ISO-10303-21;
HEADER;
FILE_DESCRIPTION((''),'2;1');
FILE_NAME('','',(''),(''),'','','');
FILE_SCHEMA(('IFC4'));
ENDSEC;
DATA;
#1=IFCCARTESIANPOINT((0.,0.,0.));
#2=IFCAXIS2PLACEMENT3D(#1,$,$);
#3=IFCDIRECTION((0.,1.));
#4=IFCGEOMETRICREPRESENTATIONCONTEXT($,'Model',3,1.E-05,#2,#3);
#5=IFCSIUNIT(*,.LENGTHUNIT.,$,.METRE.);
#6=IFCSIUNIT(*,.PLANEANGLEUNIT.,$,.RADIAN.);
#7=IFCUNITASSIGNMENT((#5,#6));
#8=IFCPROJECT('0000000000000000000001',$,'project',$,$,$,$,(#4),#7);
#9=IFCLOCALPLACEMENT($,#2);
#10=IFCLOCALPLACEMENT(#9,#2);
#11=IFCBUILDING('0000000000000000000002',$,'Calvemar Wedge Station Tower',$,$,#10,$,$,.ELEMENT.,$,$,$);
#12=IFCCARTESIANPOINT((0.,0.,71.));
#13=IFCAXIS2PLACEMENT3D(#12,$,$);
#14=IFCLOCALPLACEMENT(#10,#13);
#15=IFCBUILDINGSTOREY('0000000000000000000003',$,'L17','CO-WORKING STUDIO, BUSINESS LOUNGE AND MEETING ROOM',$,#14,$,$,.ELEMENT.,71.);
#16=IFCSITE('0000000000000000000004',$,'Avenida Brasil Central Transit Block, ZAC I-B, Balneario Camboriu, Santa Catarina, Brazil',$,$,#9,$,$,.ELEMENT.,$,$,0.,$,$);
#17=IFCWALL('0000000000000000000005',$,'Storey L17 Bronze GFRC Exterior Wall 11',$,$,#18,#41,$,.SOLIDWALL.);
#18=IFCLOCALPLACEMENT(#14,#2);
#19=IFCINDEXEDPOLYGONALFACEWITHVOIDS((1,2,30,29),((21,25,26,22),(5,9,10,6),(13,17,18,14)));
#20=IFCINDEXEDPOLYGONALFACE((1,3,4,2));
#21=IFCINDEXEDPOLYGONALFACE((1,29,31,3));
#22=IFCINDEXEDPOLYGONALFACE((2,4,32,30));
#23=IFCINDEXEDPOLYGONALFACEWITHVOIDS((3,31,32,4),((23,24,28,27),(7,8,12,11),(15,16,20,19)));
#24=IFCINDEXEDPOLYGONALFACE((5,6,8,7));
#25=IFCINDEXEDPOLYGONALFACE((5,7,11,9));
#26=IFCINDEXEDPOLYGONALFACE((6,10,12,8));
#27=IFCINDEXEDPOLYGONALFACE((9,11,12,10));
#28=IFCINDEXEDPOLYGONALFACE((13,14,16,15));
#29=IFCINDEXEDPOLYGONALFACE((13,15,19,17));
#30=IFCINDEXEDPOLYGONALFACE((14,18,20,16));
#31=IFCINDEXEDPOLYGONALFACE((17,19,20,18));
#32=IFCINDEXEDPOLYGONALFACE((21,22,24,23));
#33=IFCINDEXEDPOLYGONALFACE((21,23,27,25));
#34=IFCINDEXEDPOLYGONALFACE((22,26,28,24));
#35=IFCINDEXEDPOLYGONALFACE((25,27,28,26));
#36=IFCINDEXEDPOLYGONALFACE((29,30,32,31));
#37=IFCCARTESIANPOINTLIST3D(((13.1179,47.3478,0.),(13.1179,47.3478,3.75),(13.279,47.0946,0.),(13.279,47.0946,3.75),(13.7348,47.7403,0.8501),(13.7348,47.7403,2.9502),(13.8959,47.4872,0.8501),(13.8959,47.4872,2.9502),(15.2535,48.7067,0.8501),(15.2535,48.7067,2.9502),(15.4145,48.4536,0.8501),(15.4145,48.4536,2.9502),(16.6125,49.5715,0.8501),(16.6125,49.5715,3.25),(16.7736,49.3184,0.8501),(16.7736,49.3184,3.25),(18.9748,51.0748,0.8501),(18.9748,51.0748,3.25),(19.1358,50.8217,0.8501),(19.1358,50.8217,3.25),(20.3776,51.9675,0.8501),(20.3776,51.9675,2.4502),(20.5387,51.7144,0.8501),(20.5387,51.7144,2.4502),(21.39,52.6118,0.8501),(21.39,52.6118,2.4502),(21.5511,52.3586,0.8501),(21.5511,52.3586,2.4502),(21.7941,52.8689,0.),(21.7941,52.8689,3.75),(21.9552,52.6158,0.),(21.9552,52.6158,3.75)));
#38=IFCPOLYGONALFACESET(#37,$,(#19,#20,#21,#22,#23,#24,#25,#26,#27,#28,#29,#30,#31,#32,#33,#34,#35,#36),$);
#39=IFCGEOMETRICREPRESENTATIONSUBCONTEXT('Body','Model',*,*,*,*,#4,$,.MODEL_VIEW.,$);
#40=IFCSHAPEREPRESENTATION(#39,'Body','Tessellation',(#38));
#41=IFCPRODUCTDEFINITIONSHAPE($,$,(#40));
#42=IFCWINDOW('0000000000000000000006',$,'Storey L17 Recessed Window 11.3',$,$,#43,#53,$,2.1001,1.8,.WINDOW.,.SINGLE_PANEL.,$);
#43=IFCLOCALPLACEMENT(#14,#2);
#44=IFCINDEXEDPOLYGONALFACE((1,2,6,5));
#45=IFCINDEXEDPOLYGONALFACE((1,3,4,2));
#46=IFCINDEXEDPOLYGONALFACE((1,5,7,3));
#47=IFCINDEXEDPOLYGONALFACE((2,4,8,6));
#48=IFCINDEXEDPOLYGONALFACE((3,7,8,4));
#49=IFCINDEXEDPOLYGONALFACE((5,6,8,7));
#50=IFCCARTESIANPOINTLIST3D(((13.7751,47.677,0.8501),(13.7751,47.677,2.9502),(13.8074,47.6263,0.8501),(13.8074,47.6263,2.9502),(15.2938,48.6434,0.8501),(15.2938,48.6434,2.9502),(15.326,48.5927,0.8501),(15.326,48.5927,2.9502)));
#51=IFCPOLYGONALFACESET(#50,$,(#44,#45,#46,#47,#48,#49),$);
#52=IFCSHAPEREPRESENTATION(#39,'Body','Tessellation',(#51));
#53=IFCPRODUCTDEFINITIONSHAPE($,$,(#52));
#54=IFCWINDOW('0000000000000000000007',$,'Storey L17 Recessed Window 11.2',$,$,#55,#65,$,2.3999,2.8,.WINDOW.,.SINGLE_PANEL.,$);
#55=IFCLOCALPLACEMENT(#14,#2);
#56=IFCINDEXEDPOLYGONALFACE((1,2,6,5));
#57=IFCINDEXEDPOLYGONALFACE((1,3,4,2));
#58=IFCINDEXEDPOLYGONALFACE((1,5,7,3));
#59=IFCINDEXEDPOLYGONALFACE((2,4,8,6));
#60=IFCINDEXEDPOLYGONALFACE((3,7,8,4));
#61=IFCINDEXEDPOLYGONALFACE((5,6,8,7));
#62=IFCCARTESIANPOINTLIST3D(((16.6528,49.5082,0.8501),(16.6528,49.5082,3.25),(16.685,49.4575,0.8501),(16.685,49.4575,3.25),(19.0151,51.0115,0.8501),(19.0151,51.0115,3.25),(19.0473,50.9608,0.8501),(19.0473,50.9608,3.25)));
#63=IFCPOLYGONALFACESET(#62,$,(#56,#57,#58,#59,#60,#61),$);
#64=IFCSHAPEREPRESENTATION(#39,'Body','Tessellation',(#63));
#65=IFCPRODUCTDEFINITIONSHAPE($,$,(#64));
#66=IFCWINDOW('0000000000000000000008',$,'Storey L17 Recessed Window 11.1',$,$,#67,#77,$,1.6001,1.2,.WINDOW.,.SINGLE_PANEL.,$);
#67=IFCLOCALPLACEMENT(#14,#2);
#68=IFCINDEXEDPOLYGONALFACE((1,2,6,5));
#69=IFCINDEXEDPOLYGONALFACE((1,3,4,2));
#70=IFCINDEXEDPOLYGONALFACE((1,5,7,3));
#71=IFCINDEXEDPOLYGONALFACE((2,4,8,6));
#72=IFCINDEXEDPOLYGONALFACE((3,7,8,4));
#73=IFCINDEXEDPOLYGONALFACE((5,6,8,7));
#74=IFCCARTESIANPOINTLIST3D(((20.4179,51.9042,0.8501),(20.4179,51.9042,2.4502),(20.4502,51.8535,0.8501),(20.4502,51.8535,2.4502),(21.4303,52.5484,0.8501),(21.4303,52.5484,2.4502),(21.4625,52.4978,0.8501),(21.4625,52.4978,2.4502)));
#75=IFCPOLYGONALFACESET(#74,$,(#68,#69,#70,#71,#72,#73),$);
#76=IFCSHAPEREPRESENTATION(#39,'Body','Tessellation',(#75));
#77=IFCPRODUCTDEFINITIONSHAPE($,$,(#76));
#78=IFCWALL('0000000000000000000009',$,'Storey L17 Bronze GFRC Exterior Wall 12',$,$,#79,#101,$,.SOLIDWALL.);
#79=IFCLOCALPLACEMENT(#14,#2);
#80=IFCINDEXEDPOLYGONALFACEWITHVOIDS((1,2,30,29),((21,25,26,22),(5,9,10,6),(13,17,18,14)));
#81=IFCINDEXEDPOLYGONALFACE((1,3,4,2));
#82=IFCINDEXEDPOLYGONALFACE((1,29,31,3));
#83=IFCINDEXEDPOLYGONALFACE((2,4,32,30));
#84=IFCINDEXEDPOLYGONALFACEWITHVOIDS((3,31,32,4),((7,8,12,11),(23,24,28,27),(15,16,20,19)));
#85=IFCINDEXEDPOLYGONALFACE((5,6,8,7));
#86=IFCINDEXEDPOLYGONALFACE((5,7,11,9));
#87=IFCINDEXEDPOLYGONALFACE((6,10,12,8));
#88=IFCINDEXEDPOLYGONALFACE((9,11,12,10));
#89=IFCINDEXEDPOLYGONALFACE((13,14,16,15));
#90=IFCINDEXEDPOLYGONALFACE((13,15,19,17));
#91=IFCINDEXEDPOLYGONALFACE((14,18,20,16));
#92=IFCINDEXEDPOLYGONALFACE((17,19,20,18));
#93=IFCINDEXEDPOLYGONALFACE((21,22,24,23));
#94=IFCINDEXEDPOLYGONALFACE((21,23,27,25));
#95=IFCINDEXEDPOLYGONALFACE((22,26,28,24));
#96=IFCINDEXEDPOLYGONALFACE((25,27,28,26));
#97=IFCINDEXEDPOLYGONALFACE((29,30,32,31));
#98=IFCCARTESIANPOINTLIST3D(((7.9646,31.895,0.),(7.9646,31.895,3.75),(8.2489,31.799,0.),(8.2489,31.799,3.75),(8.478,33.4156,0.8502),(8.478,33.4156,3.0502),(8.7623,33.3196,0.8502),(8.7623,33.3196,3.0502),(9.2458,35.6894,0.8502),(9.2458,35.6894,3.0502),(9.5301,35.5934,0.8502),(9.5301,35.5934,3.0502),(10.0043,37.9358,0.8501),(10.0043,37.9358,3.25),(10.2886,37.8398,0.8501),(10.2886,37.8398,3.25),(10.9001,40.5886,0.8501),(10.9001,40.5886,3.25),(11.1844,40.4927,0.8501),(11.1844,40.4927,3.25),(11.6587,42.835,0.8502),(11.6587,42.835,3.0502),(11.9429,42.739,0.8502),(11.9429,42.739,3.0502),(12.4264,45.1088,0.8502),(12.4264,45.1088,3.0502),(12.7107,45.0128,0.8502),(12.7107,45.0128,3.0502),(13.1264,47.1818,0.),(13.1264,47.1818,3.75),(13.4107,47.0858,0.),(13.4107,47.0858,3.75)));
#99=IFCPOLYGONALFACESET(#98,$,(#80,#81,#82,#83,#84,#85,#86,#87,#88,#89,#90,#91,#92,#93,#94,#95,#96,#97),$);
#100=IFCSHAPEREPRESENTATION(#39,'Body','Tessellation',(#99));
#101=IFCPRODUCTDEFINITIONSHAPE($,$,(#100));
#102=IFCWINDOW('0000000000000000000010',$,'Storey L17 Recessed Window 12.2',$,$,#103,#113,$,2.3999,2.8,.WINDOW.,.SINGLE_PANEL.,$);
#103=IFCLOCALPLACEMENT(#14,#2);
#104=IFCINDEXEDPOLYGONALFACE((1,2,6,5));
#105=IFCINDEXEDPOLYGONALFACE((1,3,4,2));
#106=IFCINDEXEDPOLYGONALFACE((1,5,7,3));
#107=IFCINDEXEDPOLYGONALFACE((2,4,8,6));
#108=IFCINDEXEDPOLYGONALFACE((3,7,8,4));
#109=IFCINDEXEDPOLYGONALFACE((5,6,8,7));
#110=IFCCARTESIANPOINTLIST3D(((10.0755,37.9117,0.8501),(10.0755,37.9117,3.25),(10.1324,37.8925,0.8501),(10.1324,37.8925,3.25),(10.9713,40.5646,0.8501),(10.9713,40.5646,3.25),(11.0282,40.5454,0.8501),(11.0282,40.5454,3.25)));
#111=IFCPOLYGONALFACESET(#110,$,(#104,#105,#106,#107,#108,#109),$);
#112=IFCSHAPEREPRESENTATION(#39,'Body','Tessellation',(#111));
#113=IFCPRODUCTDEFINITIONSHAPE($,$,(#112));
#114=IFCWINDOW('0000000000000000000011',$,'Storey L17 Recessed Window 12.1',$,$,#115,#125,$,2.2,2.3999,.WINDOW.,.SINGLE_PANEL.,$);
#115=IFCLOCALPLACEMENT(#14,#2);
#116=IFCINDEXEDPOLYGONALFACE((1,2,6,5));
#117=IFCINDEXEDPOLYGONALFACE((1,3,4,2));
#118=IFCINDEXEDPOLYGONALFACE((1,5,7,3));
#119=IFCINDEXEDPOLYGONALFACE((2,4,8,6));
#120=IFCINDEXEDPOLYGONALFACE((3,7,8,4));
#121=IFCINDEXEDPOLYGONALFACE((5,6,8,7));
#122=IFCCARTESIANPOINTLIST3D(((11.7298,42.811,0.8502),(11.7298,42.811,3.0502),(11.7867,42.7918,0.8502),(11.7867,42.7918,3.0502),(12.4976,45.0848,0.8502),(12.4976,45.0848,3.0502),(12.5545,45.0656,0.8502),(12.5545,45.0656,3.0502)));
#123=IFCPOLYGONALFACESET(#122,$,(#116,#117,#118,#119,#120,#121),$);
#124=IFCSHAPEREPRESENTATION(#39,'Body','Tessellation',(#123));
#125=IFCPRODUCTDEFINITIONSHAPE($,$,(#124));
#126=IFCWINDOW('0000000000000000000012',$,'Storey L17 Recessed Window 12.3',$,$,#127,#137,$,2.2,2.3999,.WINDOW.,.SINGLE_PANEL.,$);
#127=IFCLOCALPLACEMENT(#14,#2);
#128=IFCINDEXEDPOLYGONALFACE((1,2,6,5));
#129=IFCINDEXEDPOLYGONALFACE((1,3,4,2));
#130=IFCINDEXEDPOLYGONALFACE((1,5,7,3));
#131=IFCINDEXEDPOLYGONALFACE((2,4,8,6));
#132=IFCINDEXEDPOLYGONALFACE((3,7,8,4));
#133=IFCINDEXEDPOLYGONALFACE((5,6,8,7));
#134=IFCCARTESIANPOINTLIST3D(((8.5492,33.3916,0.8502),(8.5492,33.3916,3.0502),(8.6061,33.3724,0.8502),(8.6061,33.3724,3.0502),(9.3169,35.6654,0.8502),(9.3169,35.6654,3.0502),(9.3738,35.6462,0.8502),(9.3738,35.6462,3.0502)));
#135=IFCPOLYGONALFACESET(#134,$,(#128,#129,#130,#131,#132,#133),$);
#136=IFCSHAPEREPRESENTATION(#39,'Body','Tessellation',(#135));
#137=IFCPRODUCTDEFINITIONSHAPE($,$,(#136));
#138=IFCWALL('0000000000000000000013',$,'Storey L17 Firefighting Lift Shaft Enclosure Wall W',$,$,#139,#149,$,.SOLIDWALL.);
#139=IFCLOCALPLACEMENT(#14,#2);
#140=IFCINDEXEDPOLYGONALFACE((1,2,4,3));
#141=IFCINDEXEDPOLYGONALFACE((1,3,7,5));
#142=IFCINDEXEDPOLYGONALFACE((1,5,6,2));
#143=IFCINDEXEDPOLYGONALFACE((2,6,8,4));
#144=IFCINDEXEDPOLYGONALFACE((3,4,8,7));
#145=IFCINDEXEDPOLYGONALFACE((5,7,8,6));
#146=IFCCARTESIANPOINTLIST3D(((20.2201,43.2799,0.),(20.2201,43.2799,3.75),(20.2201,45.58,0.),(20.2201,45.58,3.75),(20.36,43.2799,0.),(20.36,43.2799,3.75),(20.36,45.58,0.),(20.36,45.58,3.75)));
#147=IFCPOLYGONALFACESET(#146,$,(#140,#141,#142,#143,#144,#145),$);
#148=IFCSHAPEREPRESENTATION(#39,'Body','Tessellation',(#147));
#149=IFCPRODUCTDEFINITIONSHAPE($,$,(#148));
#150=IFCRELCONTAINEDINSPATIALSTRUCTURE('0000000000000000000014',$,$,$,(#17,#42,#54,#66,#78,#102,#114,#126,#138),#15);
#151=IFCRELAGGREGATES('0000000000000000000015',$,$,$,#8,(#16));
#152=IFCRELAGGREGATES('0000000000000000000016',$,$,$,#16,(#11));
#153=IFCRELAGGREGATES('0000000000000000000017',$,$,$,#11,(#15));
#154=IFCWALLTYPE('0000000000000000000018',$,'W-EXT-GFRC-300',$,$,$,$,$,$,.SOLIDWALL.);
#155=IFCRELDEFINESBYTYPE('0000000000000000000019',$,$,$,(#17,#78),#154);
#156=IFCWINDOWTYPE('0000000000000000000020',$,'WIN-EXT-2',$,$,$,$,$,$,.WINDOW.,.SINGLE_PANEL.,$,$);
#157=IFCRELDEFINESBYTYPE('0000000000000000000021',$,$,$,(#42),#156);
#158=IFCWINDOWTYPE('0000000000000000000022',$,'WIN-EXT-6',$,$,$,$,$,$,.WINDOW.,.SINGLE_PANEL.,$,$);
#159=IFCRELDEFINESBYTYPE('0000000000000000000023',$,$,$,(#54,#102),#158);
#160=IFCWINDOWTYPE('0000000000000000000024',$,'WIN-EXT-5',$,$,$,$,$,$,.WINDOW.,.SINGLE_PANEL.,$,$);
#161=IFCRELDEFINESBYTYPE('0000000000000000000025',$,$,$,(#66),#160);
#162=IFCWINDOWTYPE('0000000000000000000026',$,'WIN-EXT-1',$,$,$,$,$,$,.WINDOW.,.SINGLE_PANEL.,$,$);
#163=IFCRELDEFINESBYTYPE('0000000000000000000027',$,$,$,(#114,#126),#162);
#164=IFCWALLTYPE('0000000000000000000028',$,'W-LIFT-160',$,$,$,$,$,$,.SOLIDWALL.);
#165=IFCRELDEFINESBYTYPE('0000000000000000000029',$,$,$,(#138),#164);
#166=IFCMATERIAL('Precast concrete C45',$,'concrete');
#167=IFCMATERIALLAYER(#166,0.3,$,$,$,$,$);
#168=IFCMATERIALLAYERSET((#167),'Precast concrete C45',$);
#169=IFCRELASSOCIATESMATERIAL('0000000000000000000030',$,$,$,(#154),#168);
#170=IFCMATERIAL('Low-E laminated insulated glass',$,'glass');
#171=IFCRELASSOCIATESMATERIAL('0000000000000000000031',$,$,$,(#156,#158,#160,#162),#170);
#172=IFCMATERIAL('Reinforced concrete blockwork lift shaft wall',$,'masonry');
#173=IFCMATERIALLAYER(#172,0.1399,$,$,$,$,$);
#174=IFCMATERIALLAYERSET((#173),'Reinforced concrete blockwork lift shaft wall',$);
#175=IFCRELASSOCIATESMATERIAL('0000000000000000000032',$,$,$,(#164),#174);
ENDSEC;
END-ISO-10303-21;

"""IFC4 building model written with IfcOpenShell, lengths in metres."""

from ifc_helpers import new_model, si_unit, direction, frame, frame_2d, origin, place, context, subcontext, project, spatial, rectangle, extrude, source, transform, mapped, material, layer, layer_set, type_object, element, fill, save


model = new_model("IFC4")

# Units and contexts
model_context = context("Model", 3, precision=1e-05, world=origin(), true_north=direction((0.0, 1.0)))
body_context = subcontext(model_context, "Body", "Model", "MODEL_VIEW")
ifc_project = project(units=[si_unit("LENGTHUNIT", "METRE"), si_unit("PLANEANGLEUNIT", "RADIAN")], contexts=[model_context])

# Site, building, storey
site_placement = place(None, origin())
site = spatial("IfcSite", under=ifc_project, at=site_placement, Name="Avenida Brasil Central Transit Block, ZAC I-B, Balneario Camboriu, Santa Catarina, Brazil", CompositionType="ELEMENT", RefElevation=0.0)
building_placement = place(site_placement, origin())
building = spatial("IfcBuilding", under=site, at=building_placement, Name="Calvemar Wedge Station Tower", CompositionType="ELEMENT")
storey_placement = place(building_placement, frame((0.0, 0.0, 71.0)))
storey = spatial("IfcBuildingStorey", under=building, at=storey_placement, Name="L17", Description="CO-WORKING STUDIO, BUSINESS LOUNGE AND MEETING ROOM", CompositionType="ELEMENT", Elevation=71.0)

# Walls, openings, windows
ifc_material_1 = material(Name="Precast concrete C45", Category="concrete")
ifc_layer_1 = layer(ifc_material_1, 0.3)
ifc_layer_set_1 = layer_set([ifc_layer_1], Name="Precast concrete C45")
wall_type_1 = type_object("IfcWallType", Name="W-EXT-GFRC-300", PredefinedType="SOLIDWALL", material=ifc_layer_set_1)
wall_1_placement = place(storey_placement, frame((21.8748, 52.7424, 0.0), z_axis=(0.0, 0.0, 1.0), x_axis=(-0.843662, -0.536874, 0.0)))
wall_1 = element("IfcWall", 1, at=wall_1_placement, inside=storey, type_object=wall_type_1, Name="Storey L17 Bronze GFRC Exterior Wall 11", PredefinedType="SOLIDWALL", context=body_context, shape_type="SweptSolid", body=[
    extrude(rectangle(XDim=10.2839, YDim=0.3, at=frame_2d((5.1421, 0.0))), origin(), (0.0, 0.0, 1.0), 3.75),
])
shared_shape_1 = source(origin(), body_context, "Body", "SweptSolid", [
    extrude(rectangle(XDim=1.2, YDim=1.6001, at=frame_2d((0.6001, 0.8))), frame((0.0, 0.1602, 0.0), z_axis=(0.0, -1.0, 0.0), x_axis=(1.0, 0.0, 0.0)), (0.0, 0.0, 1.0), 0.3201),
])
opening_1_placement = place(wall_1_placement, frame((0.479, 0.0, 0.8501)))
opening_1 = element("IfcOpeningElement", 2, at=opening_1_placement, cuts=wall_1, PredefinedType="OPENING", context=body_context, shape_type="MappedRepresentation", body=[
    mapped(shared_shape_1, transform((0.0, 0.0, 0.0), scale=1.0)),
])
shared_shape_2 = source(origin(), body_context, "Body", "SweptSolid", [
    extrude(rectangle(XDim=2.8, YDim=2.3999, at=frame_2d((1.3999, 1.2))), frame((0.0, 0.1602, 0.0), z_axis=(0.0, -1.0, 0.0), x_axis=(1.0, 0.0, 0.0)), (0.0, 0.0, 1.0), 0.3201),
])
opening_2_placement = place(wall_1_placement, frame((3.342, 0.0, 0.8501)))
opening_2 = element("IfcOpeningElement", 3, at=opening_2_placement, cuts=wall_1, PredefinedType="OPENING", context=body_context, shape_type="MappedRepresentation", body=[
    mapped(shared_shape_2, transform((0.0, 0.0, 0.0), scale=1.0)),
])
shared_shape_3 = source(origin(), body_context, "Body", "SweptSolid", [
    extrude(rectangle(XDim=1.8, YDim=2.1001, at=frame_2d((0.8999, 1.05))), frame((0.0, 0.1602, 0.0), z_axis=(0.0, -1.0, 0.0), x_axis=(1.0, 0.0, 0.0)), (0.0, 0.0, 1.0), 0.3201),
])
opening_3_placement = place(wall_1_placement, frame((7.7529, 0.0, 0.8501)))
opening_3 = element("IfcOpeningElement", 4, at=opening_3_placement, cuts=wall_1, PredefinedType="OPENING", context=body_context, shape_type="MappedRepresentation", body=[
    mapped(shared_shape_3, transform((0.0, 0.0, 0.0), scale=1.0)),
])
ifc_material_2 = material(Name="Low-E laminated insulated glass", Category="glass")
window_type_1 = type_object("IfcWindowType", Name="WIN-EXT-2", PartitioningType="SINGLE_PANEL", PredefinedType="WINDOW", material=ifc_material_2)
shared_shape_4 = source(origin(), body_context, "Body", "SweptSolid", [
    extrude(rectangle(XDim=1.8, YDim=2.1001, at=frame_2d((0.8999, 1.05))), frame((0.0, -0.0149, 0.0), z_axis=(0.0, -1.0, 0.0), x_axis=(1.0, 0.0, 0.0)), (0.0, 0.0, 1.0), 0.0601),
])
window_1_placement = place(opening_3_placement, origin())
window_1 = element("IfcWindow", 5, at=window_1_placement, inside=storey, type_object=window_type_1, Name="Storey L17 Recessed Window 11.3", OverallHeight=2.1001, OverallWidth=1.8, PartitioningType="SINGLE_PANEL", PredefinedType="WINDOW", context=body_context, shape_type="MappedRepresentation", body=[
    mapped(shared_shape_4, transform((0.0, 0.0, 0.0), scale=1.0)),
])
fill(opening_3, window_1)
window_type_2 = type_object("IfcWindowType", Name="WIN-EXT-6", PartitioningType="SINGLE_PANEL", PredefinedType="WINDOW", material=ifc_material_2)
shared_shape_5 = source(origin(), body_context, "Body", "SweptSolid", [
    extrude(rectangle(XDim=2.8, YDim=2.3999, at=frame_2d((1.3999, 1.2))), frame((0.0, -0.0149, 0.0), z_axis=(0.0, -1.0, 0.0), x_axis=(1.0, 0.0, 0.0)), (0.0, 0.0, 1.0), 0.0601),
])
window_2_placement = place(opening_2_placement, origin())
window_2 = element("IfcWindow", 6, at=window_2_placement, inside=storey, type_object=window_type_2, Name="Storey L17 Recessed Window 11.2", OverallHeight=2.3999, OverallWidth=2.8, PartitioningType="SINGLE_PANEL", PredefinedType="WINDOW", context=body_context, shape_type="MappedRepresentation", body=[
    mapped(shared_shape_5, transform((0.0, 0.0, 0.0), scale=1.0)),
])
fill(opening_2, window_2)
window_type_3 = type_object("IfcWindowType", Name="WIN-EXT-5", PartitioningType="SINGLE_PANEL", PredefinedType="WINDOW", material=ifc_material_2)
shared_shape_6 = source(origin(), body_context, "Body", "SweptSolid", [
    extrude(rectangle(XDim=1.2, YDim=1.6001, at=frame_2d((0.6001, 0.8))), frame((0.0, -0.0149, 0.0), z_axis=(0.0, -1.0, 0.0), x_axis=(1.0, 0.0, 0.0)), (0.0, 0.0, 1.0), 0.0601),
])
window_3_placement = place(opening_1_placement, origin())
window_3 = element("IfcWindow", 7, at=window_3_placement, inside=storey, type_object=window_type_3, Name="Storey L17 Recessed Window 11.1", OverallHeight=1.6001, OverallWidth=1.2, PartitioningType="SINGLE_PANEL", PredefinedType="WINDOW", context=body_context, shape_type="MappedRepresentation", body=[
    mapped(shared_shape_6, transform((0.0, 0.0, 0.0), scale=1.0)),
])
fill(opening_1, window_3)
wall_2_placement = place(storey_placement, frame((13.2686, 47.1338, 0.0), z_axis=(0.0, 0.0, 1.0), x_axis=(-0.31992, -0.947444, 0.0)))
wall_2 = element("IfcWall", 8, at=wall_2_placement, inside=storey, type_object=wall_type_1, Name="Storey L17 Bronze GFRC Exterior Wall 12", PredefinedType="SOLIDWALL", context=body_context, shape_type="SweptSolid", body=[
    extrude(rectangle(XDim=16.1348, YDim=0.3, at=frame_2d((8.0674, 0.0))), origin(), (0.0, 0.0, 1.0), 3.75),
])
shared_shape_7 = source(origin(), body_context, "Body", "SweptSolid", [
    extrude(rectangle(XDim=2.3999, YDim=2.2, at=frame_2d((1.2, 1.1001))), frame((0.0, 0.1602, 0.0), z_axis=(0.0, -1.0, 0.0), x_axis=(1.0, 0.0, 0.0)), (0.0, 0.0, 1.0), 0.3201),
])
opening_4_placement = place(wall_2_placement, frame((2.188, 0.0, 0.8501)))
opening_4 = element("IfcOpeningElement", 9, at=opening_4_placement, cuts=wall_2, PredefinedType="OPENING", context=body_context, shape_type="MappedRepresentation", body=[
    mapped(shared_shape_7, transform((0.0, 0.0, 0.0), scale=1.0)),
])
opening_5_placement = place(wall_2_placement, frame((6.959, 0.0, 0.8501)))
opening_5 = element("IfcOpeningElement", 10, at=opening_5_placement, cuts=wall_2, PredefinedType="OPENING", context=body_context, shape_type="MappedRepresentation", body=[
    mapped(shared_shape_2, transform((0.0, 0.0, 0.0), scale=1.0)),
])
opening_6_placement = place(wall_2_placement, frame((12.1299, 0.0, 0.8501)))
opening_6 = element("IfcOpeningElement", 11, at=opening_6_placement, cuts=wall_2, PredefinedType="OPENING", context=body_context, shape_type="MappedRepresentation", body=[
    mapped(shared_shape_7, transform((0.0, 0.0, 0.0), scale=1.0)),
])
window_4_placement = place(opening_5_placement, origin())
window_4 = element("IfcWindow", 12, at=window_4_placement, inside=storey, type_object=window_type_2, Name="Storey L17 Recessed Window 12.2", OverallHeight=2.3999, OverallWidth=2.8, PartitioningType="SINGLE_PANEL", PredefinedType="WINDOW", context=body_context, shape_type="MappedRepresentation", body=[
    mapped(shared_shape_5, transform((0.0, 0.0, 0.0), scale=1.0)),
])
fill(opening_5, window_4)
window_type_4 = type_object("IfcWindowType", Name="WIN-EXT-1", PartitioningType="SINGLE_PANEL", PredefinedType="WINDOW", material=ifc_material_2)
shared_shape_8 = source(origin(), body_context, "Body", "SweptSolid", [
    extrude(rectangle(XDim=2.3999, YDim=2.2, at=frame_2d((1.2, 1.1001))), frame((0.0, -0.0149, 0.0), z_axis=(0.0, -1.0, 0.0), x_axis=(1.0, 0.0, 0.0)), (0.0, 0.0, 1.0), 0.0601),
])
window_5_placement = place(opening_4_placement, origin())
window_5 = element("IfcWindow", 13, at=window_5_placement, inside=storey, type_object=window_type_4, Name="Storey L17 Recessed Window 12.1", OverallHeight=2.2, OverallWidth=2.3999, PartitioningType="SINGLE_PANEL", PredefinedType="WINDOW", context=body_context, shape_type="MappedRepresentation", body=[
    mapped(shared_shape_8, transform((0.0, 0.0, 0.0), scale=1.0)),
])
fill(opening_4, window_5)
window_6_placement = place(opening_6_placement, origin())
window_6 = element("IfcWindow", 14, at=window_6_placement, inside=storey, type_object=window_type_4, Name="Storey L17 Recessed Window 12.3", OverallHeight=2.2, OverallWidth=2.3999, PartitioningType="SINGLE_PANEL", PredefinedType="WINDOW", context=body_context, shape_type="MappedRepresentation", body=[
    mapped(shared_shape_8, transform((0.0, 0.0, 0.0), scale=1.0)),
])
fill(opening_6, window_6)

# Shared definitions
ifc_material_3 = material(Name="Reinforced concrete blockwork lift shaft wall", Category="masonry")
ifc_layer_2 = layer(ifc_material_3, 0.1399)
ifc_layer_set_2 = layer_set([ifc_layer_2], Name="Reinforced concrete blockwork lift shaft wall")
wall_type_2 = type_object("IfcWallType", Name="W-LIFT-160", PredefinedType="SOLIDWALL", material=ifc_layer_set_2)

# Wall
wall_3_placement = place(storey_placement, frame((20.29, 43.28, 0.0), z_axis=(0.0, 0.0, 1.0), x_axis=(0.0, 1.0, 0.0)))
element("IfcWall", 15, at=wall_3_placement, inside=storey, type_object=wall_type_2, Name="Storey L17 Firefighting Lift Shaft Enclosure Wall W", PredefinedType="SOLIDWALL", context=body_context, shape_type="SweptSolid", body=[
    extrude(rectangle(XDim=2.3, YDim=0.1399, at=frame_2d((1.1499, 0.0))), origin(), (0.0, 0.0, 1.0), 3.75),
])

save(model, "model.ifc")
